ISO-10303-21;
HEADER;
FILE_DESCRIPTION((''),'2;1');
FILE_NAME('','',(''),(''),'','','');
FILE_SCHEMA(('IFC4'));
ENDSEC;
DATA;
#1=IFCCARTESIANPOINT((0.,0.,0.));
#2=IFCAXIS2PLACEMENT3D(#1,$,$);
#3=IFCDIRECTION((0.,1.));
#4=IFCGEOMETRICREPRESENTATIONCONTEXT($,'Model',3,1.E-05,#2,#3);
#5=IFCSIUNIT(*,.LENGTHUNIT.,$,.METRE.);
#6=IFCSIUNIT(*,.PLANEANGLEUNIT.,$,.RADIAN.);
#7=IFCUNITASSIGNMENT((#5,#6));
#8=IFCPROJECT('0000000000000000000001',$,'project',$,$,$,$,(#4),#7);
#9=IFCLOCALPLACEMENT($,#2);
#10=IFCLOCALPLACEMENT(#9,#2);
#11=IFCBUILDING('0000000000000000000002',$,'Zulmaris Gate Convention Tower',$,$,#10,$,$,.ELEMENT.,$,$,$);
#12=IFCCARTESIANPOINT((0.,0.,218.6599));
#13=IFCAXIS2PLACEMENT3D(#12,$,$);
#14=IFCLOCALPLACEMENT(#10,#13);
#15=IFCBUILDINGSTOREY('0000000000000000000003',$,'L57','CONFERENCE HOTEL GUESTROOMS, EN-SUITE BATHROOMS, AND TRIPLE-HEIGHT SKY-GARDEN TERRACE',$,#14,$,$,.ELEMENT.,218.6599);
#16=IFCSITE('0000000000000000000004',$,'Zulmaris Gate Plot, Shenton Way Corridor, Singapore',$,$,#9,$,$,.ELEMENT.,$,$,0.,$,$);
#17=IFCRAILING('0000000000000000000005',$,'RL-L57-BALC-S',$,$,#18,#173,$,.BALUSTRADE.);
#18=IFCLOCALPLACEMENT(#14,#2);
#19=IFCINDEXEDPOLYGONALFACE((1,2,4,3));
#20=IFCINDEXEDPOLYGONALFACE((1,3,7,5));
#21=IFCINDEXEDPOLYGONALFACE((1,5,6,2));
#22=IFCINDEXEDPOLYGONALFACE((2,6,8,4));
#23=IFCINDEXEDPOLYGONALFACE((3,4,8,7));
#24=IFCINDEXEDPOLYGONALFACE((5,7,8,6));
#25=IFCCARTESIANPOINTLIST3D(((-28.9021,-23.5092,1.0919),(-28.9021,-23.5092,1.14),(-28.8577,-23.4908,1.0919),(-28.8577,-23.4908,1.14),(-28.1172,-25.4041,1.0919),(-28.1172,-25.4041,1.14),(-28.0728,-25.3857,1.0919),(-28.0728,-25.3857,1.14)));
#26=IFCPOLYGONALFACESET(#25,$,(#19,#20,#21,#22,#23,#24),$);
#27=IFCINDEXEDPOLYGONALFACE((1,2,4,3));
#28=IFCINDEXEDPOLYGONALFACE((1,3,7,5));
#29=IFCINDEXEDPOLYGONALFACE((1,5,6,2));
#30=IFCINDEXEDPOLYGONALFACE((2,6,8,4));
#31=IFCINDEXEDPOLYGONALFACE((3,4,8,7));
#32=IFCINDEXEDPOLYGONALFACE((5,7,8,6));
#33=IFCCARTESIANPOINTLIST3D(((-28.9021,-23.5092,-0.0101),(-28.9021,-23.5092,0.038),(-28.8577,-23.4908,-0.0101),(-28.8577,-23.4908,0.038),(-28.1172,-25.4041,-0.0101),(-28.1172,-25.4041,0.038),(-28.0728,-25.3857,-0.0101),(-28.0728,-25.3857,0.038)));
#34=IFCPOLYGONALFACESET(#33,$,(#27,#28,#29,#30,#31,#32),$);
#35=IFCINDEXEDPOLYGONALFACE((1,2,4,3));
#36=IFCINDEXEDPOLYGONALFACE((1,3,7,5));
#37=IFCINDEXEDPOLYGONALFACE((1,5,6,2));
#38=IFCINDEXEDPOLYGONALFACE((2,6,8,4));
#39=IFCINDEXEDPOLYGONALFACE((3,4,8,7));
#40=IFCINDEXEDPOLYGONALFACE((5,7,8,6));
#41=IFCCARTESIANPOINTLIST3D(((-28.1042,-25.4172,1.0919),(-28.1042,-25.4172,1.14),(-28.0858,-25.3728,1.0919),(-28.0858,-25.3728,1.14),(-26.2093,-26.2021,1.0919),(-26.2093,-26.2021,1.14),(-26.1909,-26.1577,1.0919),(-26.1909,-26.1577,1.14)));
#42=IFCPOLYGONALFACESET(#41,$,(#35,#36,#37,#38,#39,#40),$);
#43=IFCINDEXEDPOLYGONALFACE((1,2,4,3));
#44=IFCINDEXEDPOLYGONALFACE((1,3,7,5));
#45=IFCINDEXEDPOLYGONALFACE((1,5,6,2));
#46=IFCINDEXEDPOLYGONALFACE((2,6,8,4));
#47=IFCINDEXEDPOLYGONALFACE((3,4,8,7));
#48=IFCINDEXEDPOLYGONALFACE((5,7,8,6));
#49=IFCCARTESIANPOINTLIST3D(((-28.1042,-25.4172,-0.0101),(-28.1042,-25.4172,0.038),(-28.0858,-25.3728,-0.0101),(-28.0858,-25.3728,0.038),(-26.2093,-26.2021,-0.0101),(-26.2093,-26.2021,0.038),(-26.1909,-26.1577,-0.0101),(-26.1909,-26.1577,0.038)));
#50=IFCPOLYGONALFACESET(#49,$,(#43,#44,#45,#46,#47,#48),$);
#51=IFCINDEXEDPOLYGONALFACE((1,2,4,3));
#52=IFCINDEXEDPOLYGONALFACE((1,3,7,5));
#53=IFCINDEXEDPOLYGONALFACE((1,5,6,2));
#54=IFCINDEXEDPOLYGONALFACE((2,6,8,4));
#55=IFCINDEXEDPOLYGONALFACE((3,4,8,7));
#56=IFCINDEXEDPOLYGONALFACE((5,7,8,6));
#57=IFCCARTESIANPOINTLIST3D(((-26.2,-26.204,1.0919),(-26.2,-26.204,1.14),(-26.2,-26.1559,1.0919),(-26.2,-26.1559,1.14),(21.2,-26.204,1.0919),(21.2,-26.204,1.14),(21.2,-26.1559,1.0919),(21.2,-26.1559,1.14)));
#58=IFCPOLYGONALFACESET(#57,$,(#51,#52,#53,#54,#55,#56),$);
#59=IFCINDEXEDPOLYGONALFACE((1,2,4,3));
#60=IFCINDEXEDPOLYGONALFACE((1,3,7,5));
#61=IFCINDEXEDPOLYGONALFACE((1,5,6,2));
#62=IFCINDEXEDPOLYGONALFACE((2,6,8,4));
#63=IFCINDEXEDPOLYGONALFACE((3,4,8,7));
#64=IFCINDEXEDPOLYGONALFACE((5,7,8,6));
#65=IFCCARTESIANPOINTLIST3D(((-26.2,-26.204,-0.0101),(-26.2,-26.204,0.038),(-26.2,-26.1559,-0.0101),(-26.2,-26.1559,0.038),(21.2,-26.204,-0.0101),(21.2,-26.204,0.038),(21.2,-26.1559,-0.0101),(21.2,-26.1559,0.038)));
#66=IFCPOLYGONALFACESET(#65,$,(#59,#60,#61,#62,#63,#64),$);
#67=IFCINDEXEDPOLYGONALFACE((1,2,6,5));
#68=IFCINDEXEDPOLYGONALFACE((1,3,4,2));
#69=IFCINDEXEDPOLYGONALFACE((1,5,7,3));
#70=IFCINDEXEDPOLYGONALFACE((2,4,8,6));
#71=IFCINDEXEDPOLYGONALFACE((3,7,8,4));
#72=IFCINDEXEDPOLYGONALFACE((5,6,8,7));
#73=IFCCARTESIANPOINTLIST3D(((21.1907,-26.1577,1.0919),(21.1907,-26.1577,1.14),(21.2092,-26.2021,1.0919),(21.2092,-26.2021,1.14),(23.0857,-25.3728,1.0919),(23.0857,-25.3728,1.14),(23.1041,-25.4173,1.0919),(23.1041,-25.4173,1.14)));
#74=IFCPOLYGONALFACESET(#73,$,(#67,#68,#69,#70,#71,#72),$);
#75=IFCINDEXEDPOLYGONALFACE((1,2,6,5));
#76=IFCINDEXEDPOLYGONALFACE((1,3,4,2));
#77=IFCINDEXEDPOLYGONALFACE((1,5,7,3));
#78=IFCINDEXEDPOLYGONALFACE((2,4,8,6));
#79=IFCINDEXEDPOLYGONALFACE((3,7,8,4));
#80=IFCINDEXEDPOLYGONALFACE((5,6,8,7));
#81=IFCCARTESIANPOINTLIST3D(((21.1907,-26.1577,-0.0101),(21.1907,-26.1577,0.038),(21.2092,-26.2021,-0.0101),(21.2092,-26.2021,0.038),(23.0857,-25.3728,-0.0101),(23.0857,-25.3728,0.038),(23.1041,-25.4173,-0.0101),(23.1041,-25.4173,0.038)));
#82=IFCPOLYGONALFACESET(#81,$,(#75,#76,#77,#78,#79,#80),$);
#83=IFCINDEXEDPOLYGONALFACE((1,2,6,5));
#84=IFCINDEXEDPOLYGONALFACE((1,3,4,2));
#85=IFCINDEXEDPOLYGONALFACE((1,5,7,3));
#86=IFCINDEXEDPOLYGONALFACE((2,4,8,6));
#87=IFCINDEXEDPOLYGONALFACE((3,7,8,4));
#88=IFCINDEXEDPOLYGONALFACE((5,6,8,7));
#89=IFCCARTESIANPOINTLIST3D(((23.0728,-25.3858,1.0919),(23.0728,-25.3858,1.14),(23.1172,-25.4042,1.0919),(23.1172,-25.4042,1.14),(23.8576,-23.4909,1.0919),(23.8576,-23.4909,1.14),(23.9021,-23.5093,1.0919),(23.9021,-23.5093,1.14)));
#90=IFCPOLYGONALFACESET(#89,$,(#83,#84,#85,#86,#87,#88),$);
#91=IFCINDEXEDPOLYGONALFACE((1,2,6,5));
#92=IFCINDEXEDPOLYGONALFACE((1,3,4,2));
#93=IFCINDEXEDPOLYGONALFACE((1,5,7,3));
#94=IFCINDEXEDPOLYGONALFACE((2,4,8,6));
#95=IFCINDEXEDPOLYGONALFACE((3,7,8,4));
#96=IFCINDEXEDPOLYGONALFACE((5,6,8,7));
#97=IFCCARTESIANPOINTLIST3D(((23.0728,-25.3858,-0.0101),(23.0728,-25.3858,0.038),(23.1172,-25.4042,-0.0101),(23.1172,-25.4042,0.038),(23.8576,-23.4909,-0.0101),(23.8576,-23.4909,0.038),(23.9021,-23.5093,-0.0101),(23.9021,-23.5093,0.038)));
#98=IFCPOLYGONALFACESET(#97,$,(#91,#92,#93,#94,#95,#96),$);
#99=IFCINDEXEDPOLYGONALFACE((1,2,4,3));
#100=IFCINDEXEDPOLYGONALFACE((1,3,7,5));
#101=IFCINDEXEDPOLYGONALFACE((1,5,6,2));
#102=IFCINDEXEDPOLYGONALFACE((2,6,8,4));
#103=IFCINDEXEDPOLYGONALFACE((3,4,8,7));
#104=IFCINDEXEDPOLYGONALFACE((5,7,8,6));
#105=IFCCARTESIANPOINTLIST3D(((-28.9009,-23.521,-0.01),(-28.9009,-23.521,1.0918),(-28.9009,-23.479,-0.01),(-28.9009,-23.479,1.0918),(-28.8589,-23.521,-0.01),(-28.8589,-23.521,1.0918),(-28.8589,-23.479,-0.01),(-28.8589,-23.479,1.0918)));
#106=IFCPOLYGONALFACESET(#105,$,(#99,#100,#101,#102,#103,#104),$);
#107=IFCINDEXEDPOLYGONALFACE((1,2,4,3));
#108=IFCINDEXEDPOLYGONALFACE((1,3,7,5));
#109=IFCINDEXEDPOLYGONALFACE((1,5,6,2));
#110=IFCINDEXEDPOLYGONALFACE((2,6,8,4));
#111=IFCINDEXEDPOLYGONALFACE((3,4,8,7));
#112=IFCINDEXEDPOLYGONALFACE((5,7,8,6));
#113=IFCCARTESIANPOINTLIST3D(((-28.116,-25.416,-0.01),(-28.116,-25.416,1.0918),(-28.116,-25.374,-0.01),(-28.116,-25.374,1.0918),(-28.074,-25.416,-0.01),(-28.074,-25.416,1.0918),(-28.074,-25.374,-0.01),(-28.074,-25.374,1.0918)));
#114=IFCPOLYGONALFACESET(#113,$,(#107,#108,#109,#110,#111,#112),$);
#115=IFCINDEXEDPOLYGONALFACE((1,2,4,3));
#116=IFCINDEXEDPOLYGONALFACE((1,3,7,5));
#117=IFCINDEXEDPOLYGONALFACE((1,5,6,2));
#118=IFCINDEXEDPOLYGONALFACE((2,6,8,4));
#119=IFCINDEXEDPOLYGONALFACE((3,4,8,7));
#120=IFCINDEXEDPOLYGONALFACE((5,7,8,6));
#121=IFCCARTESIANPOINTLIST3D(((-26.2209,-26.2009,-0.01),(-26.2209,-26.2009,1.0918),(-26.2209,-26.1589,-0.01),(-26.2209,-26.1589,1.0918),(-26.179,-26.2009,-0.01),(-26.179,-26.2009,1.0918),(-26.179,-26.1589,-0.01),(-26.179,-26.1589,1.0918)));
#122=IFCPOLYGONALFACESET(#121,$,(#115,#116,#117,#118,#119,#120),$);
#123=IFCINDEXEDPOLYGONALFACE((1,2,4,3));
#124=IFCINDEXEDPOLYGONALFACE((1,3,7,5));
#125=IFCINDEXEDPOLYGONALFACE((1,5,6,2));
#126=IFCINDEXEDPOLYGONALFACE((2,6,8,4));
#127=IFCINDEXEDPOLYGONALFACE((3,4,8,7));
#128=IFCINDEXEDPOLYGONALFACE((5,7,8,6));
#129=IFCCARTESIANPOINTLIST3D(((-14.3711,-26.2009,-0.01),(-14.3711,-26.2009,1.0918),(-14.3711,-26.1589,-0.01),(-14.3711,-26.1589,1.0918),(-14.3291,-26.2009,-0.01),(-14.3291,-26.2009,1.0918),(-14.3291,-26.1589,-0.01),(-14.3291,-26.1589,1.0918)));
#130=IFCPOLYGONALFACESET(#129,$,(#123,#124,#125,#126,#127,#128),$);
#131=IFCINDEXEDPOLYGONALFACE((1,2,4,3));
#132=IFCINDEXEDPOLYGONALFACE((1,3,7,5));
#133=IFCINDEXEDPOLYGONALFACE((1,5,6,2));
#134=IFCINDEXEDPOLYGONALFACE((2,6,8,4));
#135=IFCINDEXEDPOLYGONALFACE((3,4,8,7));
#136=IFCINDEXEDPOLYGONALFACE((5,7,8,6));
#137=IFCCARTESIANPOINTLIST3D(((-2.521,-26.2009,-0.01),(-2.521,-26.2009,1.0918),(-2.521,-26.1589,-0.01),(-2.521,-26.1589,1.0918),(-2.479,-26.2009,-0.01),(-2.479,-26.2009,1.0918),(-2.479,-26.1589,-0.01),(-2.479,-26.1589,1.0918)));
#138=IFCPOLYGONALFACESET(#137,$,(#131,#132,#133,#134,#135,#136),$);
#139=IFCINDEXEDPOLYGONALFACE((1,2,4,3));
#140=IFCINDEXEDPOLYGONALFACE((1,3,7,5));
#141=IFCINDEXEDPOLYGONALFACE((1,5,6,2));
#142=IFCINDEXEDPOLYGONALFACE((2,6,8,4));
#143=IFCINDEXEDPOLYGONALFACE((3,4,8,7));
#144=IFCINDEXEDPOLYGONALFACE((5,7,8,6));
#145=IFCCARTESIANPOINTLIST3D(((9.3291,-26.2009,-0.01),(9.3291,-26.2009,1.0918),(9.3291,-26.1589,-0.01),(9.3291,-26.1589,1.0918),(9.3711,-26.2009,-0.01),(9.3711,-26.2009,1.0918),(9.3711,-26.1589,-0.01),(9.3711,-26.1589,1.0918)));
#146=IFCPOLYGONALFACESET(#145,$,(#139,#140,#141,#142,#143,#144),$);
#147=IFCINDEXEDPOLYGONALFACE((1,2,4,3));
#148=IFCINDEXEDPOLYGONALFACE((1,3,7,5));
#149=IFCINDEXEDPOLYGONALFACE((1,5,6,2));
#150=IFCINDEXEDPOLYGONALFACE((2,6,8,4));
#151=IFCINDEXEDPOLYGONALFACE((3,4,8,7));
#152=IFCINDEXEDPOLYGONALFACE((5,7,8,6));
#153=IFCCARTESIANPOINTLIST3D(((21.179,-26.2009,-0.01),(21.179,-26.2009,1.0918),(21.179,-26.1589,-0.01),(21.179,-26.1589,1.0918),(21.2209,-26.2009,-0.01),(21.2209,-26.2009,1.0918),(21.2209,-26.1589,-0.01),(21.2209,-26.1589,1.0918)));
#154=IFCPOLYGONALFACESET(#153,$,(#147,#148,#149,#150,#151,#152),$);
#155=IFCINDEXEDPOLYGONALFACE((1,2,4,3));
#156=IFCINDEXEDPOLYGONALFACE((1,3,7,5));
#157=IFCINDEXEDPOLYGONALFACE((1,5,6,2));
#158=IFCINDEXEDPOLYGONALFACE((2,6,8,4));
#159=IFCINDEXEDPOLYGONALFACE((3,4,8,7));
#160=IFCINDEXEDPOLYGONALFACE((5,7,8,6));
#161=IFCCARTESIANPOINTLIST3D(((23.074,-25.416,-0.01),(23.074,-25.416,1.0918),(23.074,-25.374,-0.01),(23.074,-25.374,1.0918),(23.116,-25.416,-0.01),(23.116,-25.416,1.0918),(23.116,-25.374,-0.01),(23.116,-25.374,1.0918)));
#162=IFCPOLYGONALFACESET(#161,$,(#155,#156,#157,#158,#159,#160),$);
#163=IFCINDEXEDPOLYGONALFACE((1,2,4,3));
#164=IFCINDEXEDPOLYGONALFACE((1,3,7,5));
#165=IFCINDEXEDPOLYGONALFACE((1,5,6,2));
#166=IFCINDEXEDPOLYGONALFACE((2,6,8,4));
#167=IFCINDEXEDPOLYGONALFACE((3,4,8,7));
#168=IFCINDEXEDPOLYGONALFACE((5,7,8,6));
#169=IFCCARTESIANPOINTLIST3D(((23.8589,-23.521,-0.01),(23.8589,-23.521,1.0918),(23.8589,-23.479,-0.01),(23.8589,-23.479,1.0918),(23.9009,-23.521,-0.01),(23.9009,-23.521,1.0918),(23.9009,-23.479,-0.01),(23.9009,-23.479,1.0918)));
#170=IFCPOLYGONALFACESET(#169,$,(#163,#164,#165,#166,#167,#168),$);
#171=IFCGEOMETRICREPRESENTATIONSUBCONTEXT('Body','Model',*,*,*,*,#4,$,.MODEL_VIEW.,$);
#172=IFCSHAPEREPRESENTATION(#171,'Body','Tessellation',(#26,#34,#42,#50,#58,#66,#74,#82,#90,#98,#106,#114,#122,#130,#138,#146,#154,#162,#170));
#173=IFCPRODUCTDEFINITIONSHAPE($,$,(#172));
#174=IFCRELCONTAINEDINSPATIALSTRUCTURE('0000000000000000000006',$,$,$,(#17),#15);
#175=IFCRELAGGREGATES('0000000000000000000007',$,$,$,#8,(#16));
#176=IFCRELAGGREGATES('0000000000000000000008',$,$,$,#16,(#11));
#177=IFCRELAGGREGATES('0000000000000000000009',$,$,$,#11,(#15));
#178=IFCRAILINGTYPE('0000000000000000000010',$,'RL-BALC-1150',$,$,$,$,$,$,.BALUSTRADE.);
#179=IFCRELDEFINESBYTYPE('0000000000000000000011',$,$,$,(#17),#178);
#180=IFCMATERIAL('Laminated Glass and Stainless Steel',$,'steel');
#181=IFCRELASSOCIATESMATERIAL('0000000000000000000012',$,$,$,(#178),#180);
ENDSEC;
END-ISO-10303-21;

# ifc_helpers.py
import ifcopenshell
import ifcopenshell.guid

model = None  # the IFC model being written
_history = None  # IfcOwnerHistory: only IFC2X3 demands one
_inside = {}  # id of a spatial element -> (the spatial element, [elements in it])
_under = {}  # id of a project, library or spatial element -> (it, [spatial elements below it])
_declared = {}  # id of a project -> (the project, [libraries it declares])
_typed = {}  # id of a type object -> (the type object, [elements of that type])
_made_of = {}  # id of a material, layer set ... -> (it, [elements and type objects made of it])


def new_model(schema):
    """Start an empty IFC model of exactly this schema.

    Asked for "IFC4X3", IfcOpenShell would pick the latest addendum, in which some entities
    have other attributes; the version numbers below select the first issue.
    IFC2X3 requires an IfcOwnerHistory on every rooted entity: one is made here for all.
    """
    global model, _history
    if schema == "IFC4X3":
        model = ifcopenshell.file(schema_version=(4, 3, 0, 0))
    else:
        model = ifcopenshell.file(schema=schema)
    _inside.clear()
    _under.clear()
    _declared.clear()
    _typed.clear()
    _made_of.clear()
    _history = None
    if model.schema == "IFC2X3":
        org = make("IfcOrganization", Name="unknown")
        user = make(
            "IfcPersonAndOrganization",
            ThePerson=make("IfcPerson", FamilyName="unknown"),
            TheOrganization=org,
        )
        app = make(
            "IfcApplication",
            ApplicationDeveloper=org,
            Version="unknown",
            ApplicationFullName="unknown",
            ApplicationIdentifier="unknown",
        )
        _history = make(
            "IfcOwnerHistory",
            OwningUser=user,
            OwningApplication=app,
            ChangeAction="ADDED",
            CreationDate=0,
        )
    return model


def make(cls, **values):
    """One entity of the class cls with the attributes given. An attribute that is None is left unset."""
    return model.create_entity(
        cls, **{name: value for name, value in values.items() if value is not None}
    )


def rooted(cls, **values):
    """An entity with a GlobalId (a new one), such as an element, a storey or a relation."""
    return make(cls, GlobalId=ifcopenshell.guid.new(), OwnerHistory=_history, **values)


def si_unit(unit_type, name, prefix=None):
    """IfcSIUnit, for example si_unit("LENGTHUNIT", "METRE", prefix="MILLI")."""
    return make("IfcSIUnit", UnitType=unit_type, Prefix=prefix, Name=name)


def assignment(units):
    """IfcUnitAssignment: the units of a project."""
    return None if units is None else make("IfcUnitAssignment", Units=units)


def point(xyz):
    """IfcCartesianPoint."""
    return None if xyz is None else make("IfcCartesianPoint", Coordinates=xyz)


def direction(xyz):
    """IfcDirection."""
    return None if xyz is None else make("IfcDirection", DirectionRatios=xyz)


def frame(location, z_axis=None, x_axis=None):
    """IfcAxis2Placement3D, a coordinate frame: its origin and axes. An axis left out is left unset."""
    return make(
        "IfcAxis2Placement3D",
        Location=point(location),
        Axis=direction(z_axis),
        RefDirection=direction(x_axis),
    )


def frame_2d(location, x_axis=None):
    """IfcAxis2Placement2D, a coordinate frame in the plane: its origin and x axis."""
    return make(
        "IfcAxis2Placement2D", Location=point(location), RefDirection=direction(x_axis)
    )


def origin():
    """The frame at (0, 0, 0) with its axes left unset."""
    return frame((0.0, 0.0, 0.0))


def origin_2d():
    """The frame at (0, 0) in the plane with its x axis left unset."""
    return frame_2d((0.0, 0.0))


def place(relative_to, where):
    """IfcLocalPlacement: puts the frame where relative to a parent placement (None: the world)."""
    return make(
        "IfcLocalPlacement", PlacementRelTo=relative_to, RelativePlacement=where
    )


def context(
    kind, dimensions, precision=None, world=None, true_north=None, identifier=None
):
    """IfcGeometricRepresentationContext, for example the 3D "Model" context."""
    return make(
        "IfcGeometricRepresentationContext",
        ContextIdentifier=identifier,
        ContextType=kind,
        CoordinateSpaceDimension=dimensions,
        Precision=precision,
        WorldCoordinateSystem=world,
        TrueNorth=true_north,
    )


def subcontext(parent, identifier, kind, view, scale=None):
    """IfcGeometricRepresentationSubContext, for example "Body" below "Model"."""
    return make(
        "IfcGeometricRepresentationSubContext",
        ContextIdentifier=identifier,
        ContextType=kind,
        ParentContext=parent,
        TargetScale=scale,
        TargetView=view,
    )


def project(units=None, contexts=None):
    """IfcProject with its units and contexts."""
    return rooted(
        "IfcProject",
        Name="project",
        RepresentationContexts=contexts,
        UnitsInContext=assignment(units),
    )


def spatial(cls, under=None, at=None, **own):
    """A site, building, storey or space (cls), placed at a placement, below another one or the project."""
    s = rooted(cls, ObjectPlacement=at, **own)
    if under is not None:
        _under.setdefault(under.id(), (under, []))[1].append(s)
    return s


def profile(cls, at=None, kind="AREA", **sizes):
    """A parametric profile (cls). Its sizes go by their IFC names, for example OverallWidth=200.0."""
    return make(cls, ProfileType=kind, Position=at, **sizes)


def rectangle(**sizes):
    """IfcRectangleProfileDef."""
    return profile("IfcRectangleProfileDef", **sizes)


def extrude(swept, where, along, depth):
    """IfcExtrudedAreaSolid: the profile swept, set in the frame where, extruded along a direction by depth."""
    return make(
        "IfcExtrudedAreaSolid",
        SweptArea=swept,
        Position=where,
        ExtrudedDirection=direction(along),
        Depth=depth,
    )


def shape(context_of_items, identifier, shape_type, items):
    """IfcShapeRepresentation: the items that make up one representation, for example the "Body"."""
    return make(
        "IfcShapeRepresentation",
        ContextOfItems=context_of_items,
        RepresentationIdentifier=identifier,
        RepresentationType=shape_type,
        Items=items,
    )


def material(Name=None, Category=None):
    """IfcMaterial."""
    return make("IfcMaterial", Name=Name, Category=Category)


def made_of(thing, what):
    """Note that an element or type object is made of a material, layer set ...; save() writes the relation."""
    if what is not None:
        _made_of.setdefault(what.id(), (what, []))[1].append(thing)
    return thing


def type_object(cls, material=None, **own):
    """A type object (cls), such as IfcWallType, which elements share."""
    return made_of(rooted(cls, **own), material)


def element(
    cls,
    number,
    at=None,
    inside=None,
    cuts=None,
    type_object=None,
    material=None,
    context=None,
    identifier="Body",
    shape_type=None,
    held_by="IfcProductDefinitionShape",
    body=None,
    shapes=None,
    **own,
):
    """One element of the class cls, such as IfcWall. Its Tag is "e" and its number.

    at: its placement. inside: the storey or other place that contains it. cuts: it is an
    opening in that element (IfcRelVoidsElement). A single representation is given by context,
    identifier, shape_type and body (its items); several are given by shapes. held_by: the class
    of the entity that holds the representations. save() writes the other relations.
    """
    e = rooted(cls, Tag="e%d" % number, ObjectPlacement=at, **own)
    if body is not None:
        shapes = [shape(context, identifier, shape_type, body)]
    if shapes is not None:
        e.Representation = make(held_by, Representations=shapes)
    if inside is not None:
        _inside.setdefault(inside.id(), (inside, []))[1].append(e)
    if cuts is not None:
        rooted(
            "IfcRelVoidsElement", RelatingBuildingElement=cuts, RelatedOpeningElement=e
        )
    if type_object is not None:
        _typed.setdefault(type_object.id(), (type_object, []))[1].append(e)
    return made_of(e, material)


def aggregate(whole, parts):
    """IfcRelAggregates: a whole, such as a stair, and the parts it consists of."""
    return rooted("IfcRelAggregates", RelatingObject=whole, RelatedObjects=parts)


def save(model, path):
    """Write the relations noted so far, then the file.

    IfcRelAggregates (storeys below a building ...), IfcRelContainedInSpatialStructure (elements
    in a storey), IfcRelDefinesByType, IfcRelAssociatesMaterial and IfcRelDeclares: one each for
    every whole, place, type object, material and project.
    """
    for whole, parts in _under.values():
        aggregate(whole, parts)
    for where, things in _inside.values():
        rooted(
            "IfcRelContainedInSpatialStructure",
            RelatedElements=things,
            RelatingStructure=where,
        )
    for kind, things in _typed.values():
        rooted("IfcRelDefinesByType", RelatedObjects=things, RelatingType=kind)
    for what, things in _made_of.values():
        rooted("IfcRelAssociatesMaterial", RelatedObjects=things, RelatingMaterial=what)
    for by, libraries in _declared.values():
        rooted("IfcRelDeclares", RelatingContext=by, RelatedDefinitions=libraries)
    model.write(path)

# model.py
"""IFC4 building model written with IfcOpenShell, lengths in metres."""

from ifc_helpers import new_model, si_unit, direction, frame, origin, origin_2d, place, context, subcontext, project, spatial, rectangle, extrude, material, type_object, element, save


model = new_model("IFC4")

# Units and contexts
model_context = context("Model", 3, precision=1e-05, world=origin(), true_north=direction((0.0, 1.0)))
body_context = subcontext(model_context, "Body", "Model", "MODEL_VIEW")
ifc_project = project(units=[si_unit("LENGTHUNIT", "METRE"), si_unit("PLANEANGLEUNIT", "RADIAN")], contexts=[model_context])

# Site, building, storey
site_placement = place(None, origin())
site = spatial("IfcSite", under=ifc_project, at=site_placement, Name="Zulmaris Gate Plot, Shenton Way Corridor, Singapore", CompositionType="ELEMENT", RefElevation=0.0)
building_placement = place(site_placement, origin())
building = spatial("IfcBuilding", under=site, at=building_placement, Name="Zulmaris Gate Convention Tower", CompositionType="ELEMENT")
storey_placement = place(building_placement, frame((0.0, 0.0, 218.6599)))
storey = spatial("IfcBuildingStorey", under=building, at=storey_placement, Name="L57", Description="CONFERENCE HOTEL GUESTROOMS, EN-SUITE BATHROOMS, AND TRIPLE-HEIGHT SKY-GARDEN TERRACE", CompositionType="ELEMENT", Elevation=218.6599)

# Railing
ifc_material_1 = material(Name="Laminated Glass and Stainless Steel", Category="steel")
railing_type = type_object("IfcRailingType", Name="RL-BALC-1150", PredefinedType="BALUSTRADE", material=ifc_material_1)
railing_placement = place(storey_placement, frame((-28.8799, -23.5, -0.01)))
element("IfcRailing", 1, at=railing_placement, inside=storey, type_object=railing_type, Name="RL-L57-BALC-S", PredefinedType="BALUSTRADE", context=body_context, shape_type="SweptSolid", body=[
    extrude(rectangle(XDim=0.0481, YDim=0.0481, at=origin_2d()), frame((0.0, 0.0, 1.126), z_axis=(0.382671, -0.923885, 0.0), x_axis=(0.923885, 0.382671, 0.0)), (0.0, 0.0, 1.0), 2.051),
    extrude(rectangle(XDim=0.0481, YDim=0.0481, at=origin_2d()), frame((0.0, 0.0, 0.0239), z_axis=(0.382671, -0.923885, 0.0), x_axis=(0.923885, 0.382671, 0.0)), (0.0, 0.0, 1.0), 2.051),
    extrude(rectangle(XDim=0.0481, YDim=0.0481, at=origin_2d()), frame((0.7849, -1.895, 1.126), z_axis=(0.923885, -0.382671, 0.0), x_axis=(0.382671, 0.923885, 0.0)), (0.0, 0.0, 1.0), 2.051),
    extrude(rectangle(XDim=0.0481, YDim=0.0481, at=origin_2d()), frame((0.7849, -1.895, 0.0239), z_axis=(0.923885, -0.382671, 0.0), x_axis=(0.382671, 0.923885, 0.0)), (0.0, 0.0, 1.0), 2.051),
    extrude(rectangle(XDim=0.0481, YDim=0.0481, at=origin_2d()), frame((2.6799, -2.6799, 1.126), z_axis=(1.0, 0.0, 0.0), x_axis=(0.0, 1.0, 0.0)), (0.0, 0.0, 1.0), 47.3999),
    extrude(rectangle(XDim=0.0481, YDim=0.0481, at=origin_2d()), frame((2.6799, -2.6799, 0.0239), z_axis=(1.0, 0.0, 0.0), x_axis=(0.0, 1.0, 0.0)), (0.0, 0.0, 1.0), 47.3999),
    extrude(rectangle(XDim=0.0481, YDim=0.0481, at=origin_2d()), frame((50.0798, -2.6799, 1.126), z_axis=(0.923885, 0.382671, 0.0), x_axis=(-0.382671, 0.923885, 0.0)), (0.0, 0.0, 1.0), 2.051),
    extrude(rectangle(XDim=0.0481, YDim=0.0481, at=origin_2d()), frame((50.0798, -2.6799, 0.0239), z_axis=(0.923885, 0.382671, 0.0), x_axis=(-0.382671, 0.923885, 0.0)), (0.0, 0.0, 1.0), 2.051),
    extrude(rectangle(XDim=0.0481, YDim=0.0481, at=origin_2d()), frame((51.9749, -1.895, 1.126), z_axis=(0.382671, 0.923885, 0.0), x_axis=(-0.923885, 0.382671, 0.0)), (0.0, 0.0, 1.0), 2.051),
    extrude(rectangle(XDim=0.0481, YDim=0.0481, at=origin_2d()), frame((51.9749, -1.895, 0.0239), z_axis=(0.382671, 0.923885, 0.0), x_axis=(-0.923885, 0.382671, 0.0)), (0.0, 0.0, 1.0), 2.051),
    extrude(rectangle(XDim=0.042, YDim=0.042, at=origin_2d()), origin(), (0.0, 0.0, 1.0), 1.1018),
    extrude(rectangle(XDim=0.042, YDim=0.042, at=origin_2d()), frame((0.7849, -1.895, 0.0)), (0.0, 0.0, 1.0), 1.1018),
    extrude(rectangle(XDim=0.042, YDim=0.042, at=origin_2d()), frame((2.6799, -2.6799, 0.0)), (0.0, 0.0, 1.0), 1.1018),
    extrude(rectangle(XDim=0.042, YDim=0.042, at=origin_2d()), frame((14.5298, -2.6799, 0.0)), (0.0, 0.0, 1.0), 1.1018),
    extrude(rectangle(XDim=0.042, YDim=0.042, at=origin_2d()), frame((26.3799, -2.6799, 0.0)), (0.0, 0.0, 1.0), 1.1018),
    extrude(rectangle(XDim=0.042, YDim=0.042, at=origin_2d()), frame((38.23, -2.6799, 0.0)), (0.0, 0.0, 1.0), 1.1018),
    extrude(rectangle(XDim=0.042, YDim=0.042, at=origin_2d()), frame((50.0798, -2.6799, 0.0)), (0.0, 0.0, 1.0), 1.1018),
    extrude(rectangle(XDim=0.042, YDim=0.042, at=origin_2d()), frame((51.9749, -1.895, 0.0)), (0.0, 0.0, 1.0), 1.1018),
    extrude(rectangle(XDim=0.042, YDim=0.042, at=origin_2d()), frame((52.7598, 0.0, 0.0)), (0.0, 0.0, 1.0), 1.1018),
])

save(model, "model.ifc")
